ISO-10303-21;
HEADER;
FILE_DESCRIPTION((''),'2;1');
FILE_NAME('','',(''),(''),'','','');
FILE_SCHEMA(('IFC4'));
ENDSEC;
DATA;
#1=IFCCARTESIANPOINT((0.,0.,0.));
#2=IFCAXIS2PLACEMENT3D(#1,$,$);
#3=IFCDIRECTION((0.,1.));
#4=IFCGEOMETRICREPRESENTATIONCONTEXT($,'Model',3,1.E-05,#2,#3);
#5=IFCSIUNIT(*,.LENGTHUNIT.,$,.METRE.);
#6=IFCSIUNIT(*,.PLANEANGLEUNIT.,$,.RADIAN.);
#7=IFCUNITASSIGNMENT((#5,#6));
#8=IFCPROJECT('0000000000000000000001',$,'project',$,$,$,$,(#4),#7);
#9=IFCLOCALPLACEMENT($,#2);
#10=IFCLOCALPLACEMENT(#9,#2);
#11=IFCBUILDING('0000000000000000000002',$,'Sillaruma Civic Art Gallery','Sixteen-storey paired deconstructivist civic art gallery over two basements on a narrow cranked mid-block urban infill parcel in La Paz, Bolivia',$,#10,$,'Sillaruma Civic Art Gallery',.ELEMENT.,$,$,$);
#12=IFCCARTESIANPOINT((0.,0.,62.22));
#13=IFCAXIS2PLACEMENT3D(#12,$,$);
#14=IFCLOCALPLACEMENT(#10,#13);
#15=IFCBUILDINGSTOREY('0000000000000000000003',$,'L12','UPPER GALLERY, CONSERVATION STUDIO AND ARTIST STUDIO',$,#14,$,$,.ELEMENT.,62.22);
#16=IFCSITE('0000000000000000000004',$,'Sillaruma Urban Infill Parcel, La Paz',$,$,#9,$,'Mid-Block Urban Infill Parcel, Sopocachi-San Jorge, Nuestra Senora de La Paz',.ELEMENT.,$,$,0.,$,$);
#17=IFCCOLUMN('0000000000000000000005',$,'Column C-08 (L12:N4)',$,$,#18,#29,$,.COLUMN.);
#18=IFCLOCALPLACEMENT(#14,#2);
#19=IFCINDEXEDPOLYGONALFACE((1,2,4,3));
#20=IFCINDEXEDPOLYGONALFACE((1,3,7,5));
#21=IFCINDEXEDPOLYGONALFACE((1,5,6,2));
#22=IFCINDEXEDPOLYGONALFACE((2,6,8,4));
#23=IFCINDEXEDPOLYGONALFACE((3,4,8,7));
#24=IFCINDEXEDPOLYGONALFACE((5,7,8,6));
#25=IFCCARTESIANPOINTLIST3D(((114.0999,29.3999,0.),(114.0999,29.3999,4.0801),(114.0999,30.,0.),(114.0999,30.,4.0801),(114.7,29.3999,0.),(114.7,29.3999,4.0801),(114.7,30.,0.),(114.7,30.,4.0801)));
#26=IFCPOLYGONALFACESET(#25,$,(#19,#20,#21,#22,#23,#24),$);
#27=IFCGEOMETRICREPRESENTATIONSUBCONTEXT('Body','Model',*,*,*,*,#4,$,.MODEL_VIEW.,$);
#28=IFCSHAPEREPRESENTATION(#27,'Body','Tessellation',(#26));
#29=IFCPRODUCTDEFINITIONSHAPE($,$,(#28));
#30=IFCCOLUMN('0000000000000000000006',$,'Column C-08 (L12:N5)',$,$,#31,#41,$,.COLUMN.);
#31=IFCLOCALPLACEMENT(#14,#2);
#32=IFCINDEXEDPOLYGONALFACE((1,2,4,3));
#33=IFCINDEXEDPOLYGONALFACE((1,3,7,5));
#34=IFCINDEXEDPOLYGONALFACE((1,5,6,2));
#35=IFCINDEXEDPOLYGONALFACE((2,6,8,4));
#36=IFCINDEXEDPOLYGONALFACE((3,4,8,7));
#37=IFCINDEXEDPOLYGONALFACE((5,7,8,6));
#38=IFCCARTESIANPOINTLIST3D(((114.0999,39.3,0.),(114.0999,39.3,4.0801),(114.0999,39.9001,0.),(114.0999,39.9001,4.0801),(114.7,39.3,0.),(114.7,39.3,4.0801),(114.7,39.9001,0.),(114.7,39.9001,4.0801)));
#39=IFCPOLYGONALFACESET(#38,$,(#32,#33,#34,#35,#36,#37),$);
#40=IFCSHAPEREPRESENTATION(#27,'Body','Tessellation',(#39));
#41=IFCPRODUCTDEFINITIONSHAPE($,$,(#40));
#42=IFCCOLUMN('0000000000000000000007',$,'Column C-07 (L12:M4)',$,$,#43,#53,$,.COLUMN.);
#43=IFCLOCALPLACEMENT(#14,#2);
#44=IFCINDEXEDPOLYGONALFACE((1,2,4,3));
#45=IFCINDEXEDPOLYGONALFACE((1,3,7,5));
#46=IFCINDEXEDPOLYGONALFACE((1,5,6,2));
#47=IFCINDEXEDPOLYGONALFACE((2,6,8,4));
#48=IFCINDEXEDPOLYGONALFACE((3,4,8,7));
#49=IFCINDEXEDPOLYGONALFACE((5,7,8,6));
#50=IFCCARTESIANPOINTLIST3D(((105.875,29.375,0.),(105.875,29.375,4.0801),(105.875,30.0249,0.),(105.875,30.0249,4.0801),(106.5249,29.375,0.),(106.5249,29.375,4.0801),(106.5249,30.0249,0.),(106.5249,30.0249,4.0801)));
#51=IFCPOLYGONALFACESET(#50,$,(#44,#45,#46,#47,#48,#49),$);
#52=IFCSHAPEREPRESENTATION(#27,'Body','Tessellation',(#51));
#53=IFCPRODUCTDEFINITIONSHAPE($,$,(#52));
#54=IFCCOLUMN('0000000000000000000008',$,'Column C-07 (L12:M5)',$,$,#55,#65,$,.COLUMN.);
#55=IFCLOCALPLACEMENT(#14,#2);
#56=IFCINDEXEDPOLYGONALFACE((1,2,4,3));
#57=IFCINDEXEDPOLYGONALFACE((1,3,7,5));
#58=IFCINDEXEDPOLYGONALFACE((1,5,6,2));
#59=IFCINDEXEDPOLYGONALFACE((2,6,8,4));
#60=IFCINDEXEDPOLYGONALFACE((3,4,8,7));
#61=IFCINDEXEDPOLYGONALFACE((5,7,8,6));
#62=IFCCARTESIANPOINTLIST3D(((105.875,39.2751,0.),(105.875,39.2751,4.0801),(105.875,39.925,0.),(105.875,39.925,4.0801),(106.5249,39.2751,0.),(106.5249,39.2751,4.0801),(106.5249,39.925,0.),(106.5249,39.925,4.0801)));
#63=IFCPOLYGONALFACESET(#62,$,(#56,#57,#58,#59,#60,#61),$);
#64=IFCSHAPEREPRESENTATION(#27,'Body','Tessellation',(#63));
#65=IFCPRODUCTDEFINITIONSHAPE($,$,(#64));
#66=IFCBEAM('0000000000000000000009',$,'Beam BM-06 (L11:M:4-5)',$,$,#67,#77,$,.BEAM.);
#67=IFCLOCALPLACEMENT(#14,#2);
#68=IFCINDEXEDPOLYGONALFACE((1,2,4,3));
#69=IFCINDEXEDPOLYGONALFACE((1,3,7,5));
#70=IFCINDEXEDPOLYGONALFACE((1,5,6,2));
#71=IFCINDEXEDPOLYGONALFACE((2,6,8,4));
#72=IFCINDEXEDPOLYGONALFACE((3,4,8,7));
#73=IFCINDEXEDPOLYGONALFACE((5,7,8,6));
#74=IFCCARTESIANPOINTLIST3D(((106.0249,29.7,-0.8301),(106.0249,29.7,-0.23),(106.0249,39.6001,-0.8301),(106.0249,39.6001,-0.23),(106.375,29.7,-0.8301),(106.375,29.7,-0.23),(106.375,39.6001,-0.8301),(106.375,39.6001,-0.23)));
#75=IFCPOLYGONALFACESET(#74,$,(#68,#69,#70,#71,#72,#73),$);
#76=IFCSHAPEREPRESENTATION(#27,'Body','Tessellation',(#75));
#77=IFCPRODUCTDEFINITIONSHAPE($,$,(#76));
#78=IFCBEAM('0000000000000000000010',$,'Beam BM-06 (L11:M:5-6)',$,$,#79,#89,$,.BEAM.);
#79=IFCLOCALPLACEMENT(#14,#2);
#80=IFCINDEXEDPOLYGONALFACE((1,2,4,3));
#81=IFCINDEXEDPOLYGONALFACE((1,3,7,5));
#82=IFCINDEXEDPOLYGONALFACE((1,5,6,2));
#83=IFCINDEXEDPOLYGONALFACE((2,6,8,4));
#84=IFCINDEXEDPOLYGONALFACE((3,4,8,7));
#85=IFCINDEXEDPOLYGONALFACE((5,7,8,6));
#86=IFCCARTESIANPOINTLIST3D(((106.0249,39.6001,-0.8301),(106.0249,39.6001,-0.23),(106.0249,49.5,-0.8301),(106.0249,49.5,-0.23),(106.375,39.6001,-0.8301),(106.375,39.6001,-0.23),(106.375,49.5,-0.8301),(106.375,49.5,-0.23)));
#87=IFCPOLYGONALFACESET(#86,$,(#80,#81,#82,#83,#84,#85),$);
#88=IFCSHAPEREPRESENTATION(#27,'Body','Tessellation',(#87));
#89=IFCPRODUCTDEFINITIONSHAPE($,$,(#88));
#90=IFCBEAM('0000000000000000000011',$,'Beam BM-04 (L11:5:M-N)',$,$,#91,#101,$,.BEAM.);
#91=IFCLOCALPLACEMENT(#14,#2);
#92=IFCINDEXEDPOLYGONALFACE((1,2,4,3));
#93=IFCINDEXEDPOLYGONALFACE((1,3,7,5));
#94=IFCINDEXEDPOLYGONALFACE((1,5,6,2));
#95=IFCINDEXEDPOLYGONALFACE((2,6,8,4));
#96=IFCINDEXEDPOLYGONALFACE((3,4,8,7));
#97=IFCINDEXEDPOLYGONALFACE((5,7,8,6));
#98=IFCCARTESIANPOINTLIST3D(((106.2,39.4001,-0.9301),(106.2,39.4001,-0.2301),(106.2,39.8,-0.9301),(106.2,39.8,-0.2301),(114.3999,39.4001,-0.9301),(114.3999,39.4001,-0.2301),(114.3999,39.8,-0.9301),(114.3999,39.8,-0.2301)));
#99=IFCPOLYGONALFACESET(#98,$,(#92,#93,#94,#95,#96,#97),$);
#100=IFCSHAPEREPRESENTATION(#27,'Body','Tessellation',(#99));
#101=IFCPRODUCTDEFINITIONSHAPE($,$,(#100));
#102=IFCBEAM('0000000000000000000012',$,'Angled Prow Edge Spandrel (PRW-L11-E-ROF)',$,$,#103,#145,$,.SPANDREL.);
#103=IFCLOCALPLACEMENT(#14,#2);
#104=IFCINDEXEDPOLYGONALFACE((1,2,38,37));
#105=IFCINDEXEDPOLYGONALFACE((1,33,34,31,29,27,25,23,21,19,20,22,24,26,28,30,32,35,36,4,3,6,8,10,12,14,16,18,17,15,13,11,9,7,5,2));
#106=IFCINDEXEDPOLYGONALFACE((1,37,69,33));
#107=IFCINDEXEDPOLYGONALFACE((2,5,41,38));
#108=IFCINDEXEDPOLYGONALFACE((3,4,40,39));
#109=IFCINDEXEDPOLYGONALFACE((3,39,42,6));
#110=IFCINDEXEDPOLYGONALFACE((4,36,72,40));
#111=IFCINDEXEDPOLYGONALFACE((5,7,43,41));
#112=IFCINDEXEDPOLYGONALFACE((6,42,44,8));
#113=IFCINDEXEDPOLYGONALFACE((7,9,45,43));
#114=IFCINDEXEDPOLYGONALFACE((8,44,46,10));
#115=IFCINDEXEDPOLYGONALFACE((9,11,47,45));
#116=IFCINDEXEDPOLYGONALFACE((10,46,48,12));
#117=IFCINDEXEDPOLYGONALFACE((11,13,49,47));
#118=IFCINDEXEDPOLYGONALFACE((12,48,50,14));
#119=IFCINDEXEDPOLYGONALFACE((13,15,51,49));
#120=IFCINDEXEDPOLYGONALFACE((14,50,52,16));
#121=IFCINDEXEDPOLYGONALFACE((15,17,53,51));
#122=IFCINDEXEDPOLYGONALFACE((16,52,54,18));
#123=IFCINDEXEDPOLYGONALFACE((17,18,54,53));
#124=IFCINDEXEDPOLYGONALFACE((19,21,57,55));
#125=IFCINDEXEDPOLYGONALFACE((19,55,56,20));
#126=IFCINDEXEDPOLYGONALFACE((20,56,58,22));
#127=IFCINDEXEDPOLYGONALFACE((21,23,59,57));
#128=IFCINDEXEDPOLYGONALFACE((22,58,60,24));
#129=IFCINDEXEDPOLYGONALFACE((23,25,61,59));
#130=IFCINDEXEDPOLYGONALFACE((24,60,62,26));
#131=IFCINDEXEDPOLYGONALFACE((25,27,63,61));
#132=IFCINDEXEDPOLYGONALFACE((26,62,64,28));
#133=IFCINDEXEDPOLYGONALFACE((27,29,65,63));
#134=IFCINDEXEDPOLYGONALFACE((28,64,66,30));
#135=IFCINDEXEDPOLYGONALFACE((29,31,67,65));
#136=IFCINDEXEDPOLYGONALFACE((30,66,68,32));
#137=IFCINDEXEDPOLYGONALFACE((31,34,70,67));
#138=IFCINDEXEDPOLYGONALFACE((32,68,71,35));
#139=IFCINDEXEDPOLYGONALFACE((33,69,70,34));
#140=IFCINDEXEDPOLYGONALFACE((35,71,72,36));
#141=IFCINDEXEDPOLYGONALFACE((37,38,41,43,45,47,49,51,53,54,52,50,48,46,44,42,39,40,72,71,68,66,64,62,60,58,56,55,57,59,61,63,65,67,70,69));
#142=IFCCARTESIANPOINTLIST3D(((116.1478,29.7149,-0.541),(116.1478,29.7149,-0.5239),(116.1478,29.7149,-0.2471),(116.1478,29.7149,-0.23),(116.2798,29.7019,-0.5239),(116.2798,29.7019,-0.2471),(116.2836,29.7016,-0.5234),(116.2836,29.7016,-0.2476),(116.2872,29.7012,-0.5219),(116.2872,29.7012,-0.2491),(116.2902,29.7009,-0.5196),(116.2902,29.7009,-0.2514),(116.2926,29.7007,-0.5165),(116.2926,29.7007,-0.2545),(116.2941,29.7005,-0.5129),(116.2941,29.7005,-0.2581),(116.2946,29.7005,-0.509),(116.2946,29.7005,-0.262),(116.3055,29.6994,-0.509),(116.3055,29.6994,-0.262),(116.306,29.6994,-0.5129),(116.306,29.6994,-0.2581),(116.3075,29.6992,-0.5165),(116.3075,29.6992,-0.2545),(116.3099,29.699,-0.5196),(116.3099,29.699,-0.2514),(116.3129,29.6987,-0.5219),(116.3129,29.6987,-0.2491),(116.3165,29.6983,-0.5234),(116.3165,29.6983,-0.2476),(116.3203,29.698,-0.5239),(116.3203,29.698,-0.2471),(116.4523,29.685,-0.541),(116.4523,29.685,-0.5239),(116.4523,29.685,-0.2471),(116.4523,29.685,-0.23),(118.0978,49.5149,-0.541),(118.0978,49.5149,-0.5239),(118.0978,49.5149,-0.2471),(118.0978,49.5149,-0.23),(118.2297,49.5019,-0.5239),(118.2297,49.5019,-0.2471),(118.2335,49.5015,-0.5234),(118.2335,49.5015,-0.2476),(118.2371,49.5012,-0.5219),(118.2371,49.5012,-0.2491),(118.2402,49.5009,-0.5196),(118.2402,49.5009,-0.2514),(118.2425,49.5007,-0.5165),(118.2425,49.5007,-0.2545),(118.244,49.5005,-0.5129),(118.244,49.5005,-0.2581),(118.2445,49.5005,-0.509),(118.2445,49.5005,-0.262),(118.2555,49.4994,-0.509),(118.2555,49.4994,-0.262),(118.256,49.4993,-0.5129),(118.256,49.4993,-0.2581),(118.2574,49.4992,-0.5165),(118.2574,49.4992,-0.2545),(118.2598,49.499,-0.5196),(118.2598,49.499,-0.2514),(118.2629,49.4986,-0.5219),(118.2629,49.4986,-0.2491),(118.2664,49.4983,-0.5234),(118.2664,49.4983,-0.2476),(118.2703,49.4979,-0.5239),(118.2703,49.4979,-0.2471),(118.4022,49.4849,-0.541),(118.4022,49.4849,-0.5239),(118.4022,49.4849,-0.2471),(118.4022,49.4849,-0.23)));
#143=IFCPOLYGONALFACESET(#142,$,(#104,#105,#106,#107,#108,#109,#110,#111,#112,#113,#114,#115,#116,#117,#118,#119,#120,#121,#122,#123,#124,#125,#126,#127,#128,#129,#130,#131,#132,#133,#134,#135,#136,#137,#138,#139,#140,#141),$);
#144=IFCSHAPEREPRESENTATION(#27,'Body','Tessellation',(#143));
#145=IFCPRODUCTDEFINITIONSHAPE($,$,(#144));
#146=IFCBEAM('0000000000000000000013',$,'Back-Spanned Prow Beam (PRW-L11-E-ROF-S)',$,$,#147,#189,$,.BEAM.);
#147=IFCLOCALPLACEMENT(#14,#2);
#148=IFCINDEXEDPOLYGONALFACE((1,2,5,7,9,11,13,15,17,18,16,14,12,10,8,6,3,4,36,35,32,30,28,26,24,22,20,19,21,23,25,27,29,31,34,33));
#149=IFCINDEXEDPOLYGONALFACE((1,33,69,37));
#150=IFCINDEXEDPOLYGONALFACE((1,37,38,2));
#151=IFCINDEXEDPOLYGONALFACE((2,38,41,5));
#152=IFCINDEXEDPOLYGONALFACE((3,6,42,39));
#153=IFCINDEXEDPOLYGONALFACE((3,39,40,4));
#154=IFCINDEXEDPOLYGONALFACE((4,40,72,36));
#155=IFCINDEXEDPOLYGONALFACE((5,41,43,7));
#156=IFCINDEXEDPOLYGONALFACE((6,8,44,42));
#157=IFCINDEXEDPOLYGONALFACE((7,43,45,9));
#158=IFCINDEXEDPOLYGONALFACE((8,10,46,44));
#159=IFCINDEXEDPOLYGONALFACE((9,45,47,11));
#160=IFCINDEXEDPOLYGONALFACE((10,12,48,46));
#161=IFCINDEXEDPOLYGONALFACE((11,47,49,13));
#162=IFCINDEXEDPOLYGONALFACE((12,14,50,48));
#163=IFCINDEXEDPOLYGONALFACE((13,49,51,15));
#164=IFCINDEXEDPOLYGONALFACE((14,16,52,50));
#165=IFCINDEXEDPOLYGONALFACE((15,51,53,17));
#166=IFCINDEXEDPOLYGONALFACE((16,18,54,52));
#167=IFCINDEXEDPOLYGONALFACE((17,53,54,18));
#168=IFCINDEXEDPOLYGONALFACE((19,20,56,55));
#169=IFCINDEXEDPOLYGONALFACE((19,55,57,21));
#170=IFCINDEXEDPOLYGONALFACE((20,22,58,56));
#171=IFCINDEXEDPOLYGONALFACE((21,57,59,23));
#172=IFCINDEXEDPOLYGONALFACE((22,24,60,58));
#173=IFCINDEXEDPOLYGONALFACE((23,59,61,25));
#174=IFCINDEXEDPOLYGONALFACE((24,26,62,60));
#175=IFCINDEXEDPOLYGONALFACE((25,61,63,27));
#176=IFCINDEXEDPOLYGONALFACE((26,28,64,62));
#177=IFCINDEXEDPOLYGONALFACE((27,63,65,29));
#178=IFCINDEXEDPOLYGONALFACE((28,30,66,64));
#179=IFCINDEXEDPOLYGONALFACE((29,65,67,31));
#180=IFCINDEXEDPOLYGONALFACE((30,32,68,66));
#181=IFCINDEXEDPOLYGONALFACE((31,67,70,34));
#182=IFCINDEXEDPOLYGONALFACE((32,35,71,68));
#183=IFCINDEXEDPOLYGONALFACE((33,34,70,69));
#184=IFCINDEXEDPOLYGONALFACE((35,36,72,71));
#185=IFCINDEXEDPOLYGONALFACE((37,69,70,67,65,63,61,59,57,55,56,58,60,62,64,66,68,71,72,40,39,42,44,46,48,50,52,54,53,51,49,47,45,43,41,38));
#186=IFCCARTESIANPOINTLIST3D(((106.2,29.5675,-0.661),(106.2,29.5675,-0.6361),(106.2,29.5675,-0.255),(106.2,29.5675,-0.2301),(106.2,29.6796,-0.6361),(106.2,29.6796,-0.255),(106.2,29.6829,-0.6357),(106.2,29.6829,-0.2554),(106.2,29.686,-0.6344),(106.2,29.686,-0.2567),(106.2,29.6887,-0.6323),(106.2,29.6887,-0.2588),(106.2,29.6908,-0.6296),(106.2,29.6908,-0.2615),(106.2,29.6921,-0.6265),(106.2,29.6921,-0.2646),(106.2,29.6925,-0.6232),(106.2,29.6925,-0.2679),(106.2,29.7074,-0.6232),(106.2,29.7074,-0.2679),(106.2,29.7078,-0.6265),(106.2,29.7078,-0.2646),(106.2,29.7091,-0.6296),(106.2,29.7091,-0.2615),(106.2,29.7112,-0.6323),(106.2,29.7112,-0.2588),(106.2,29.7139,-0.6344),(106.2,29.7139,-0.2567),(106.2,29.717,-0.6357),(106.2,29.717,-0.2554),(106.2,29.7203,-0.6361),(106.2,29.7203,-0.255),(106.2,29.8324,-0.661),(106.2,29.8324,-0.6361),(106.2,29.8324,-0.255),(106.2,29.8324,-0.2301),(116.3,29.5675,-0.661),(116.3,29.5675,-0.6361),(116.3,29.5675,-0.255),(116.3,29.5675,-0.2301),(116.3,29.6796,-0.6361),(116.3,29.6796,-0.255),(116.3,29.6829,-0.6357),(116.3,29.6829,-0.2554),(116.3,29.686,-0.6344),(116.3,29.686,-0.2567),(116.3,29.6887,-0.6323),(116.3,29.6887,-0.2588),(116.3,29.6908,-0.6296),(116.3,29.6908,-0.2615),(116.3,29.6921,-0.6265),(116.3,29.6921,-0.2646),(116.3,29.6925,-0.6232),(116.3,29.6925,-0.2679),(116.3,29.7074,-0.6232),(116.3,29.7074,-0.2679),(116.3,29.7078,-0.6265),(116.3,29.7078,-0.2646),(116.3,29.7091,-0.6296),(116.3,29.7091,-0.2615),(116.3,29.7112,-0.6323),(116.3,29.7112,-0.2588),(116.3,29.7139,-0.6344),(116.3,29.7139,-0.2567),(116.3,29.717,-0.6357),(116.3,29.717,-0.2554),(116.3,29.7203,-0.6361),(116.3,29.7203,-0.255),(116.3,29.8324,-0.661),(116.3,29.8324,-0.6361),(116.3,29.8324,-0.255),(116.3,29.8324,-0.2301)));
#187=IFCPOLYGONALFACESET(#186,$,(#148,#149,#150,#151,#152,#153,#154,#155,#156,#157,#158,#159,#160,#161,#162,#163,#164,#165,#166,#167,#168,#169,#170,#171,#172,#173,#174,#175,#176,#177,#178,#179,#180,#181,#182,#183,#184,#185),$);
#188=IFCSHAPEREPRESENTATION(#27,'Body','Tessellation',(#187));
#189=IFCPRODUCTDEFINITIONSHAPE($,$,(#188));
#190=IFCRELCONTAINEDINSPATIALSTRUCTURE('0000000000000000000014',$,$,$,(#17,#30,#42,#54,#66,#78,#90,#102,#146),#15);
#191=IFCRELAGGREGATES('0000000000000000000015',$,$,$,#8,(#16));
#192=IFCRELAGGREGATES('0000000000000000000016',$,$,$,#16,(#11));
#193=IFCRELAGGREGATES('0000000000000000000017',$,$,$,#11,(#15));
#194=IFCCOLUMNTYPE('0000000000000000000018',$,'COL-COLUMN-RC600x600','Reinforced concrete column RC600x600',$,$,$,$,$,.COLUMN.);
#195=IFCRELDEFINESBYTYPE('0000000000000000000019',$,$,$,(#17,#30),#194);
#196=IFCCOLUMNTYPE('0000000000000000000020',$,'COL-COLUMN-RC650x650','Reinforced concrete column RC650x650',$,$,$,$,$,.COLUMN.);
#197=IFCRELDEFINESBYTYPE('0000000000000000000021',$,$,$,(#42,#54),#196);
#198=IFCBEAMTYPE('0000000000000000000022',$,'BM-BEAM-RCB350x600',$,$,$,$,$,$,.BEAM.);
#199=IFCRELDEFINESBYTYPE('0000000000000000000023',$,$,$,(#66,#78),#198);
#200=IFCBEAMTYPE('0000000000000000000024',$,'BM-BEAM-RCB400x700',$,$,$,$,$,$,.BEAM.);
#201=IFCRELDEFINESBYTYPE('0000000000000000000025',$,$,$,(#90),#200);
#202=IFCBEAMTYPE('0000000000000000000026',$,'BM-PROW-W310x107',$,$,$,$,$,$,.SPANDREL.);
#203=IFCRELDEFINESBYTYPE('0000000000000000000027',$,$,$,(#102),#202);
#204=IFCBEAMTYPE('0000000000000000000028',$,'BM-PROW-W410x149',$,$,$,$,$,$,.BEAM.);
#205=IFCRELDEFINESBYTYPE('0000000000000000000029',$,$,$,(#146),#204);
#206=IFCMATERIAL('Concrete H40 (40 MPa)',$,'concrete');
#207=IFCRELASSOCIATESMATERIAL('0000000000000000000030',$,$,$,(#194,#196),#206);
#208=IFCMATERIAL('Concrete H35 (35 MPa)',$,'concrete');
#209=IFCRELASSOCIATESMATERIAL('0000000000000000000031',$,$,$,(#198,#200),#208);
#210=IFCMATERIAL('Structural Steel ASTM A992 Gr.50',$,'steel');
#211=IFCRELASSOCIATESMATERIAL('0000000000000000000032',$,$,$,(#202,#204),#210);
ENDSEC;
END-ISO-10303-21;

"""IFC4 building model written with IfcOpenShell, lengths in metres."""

from ifc_helpers import new_model, si_unit, direction, frame, origin, origin_2d, place, context, subcontext, project, spatial, rectangle, i_section, extrude, material, material_profile, profile_set, type_object, element, save


model = new_model("IFC4")

# Units and contexts
model_context = context("Model", 3, precision=1e-05, world=origin(), true_north=direction((0.0, 1.0)))
body_context = subcontext(model_context, "Body", "Model", "MODEL_VIEW")
ifc_project = project(units=[si_unit("LENGTHUNIT", "METRE"), si_unit("PLANEANGLEUNIT", "RADIAN")], contexts=[model_context])

# Site, building, storey
site_placement = place(None, origin())
site = spatial("IfcSite", under=ifc_project, at=site_placement, Name="Sillaruma Urban Infill Parcel, La Paz", LongName="Mid-Block Urban Infill Parcel, Sopocachi-San Jorge, Nuestra Senora de La Paz", CompositionType="ELEMENT", RefElevation=0.0)
building_placement = place(site_placement, origin())
building = spatial("IfcBuilding", under=site, at=building_placement, Name="Sillaruma Civic Art Gallery", Description="Sixteen-storey paired deconstructivist civic art gallery over two basements on a narrow cranked mid-block urban infill parcel in La Paz, Bolivia", LongName="Sillaruma Civic Art Gallery", CompositionType="ELEMENT")
storey_placement = place(building_placement, frame((0.0, 0.0, 62.22)))
storey = spatial("IfcBuildingStorey", under=building, at=storey_placement, Name="L12", Description="UPPER GALLERY, CONSERVATION STUDIO AND ARTIST STUDIO", CompositionType="ELEMENT", Elevation=62.22)

# Columns
ifc_material_1 = material(Name="Concrete H40 (40 MPa)", Category="concrete")
ifc_material_profile_1 = material_profile(ifc_material_1, rectangle(XDim=0.6001, YDim=0.6001, at=origin_2d()), Name="RC600x600")
ifc_profile_set_1 = profile_set([ifc_material_profile_1], Name="Concrete H40 (40 MPa)")
column_type_1 = type_object("IfcColumnType", Name="COL-COLUMN-RC600x600", Description="Reinforced concrete column RC600x600", PredefinedType="COLUMN", material=ifc_profile_set_1)
for number, where, z_axis, x_axis, name in (
    (1, (114.3999, 29.7, 0.0), (0.0, 0.0, 1.0), (1.0, 0.0, 0.0), "Column C-08 (L12:N4)"),
    (2, (114.3999, 39.6001, 0.0), (0.0, 0.0, 1.0), (1.0, 0.0, 0.0), "Column C-08 (L12:N5)"),
):
    element("IfcColumn", number, at=place(storey_placement, frame(where, z_axis=z_axis, x_axis=x_axis)), inside=storey, type_object=column_type_1, Name=name, PredefinedType="COLUMN", context=body_context, shape_type="SweptSolid", body=[
        extrude(rectangle(XDim=0.6001, YDim=0.6001, at=origin_2d()), origin(), (0.0, 0.0, 1.0), 4.0801),
    ])
ifc_material_profile_2 = material_profile(ifc_material_1, rectangle(XDim=0.6499, YDim=0.6499, at=origin_2d()), Name="RC650x650")
ifc_profile_set_2 = profile_set([ifc_material_profile_2], Name="Concrete H40 (40 MPa)")
column_type_2 = type_object("IfcColumnType", Name="COL-COLUMN-RC650x650", Description="Reinforced concrete column RC650x650", PredefinedType="COLUMN", material=ifc_profile_set_2)
for number, where, z_axis, x_axis, name in (
    (3, (106.2, 29.7, 0.0), (0.0, 0.0, 1.0), (1.0, 0.0, 0.0), "Column C-07 (L12:M4)"),
    (4, (106.2, 39.6001, 0.0), (0.0, 0.0, 1.0), (1.0, 0.0, 0.0), "Column C-07 (L12:M5)"),
):
    element("IfcColumn", number, at=place(storey_placement, frame(where, z_axis=z_axis, x_axis=x_axis)), inside=storey, type_object=column_type_2, Name=name, PredefinedType="COLUMN", context=body_context, shape_type="SweptSolid", body=[
        extrude(rectangle(XDim=0.6499, YDim=0.6499, at=origin_2d()), origin(), (0.0, 0.0, 1.0), 4.0801),
    ])

# Beams
ifc_material_2 = material(Name="Concrete H35 (35 MPa)", Category="concrete")
ifc_material_profile_3 = material_profile(ifc_material_2, rectangle(XDim=0.3501, YDim=0.6001, at=origin_2d()), Name="RCB350x600")
ifc_profile_set_3 = profile_set([ifc_material_profile_3], Name="Concrete H35 (35 MPa)")
beam_type_1 = type_object("IfcBeamType", Name="BM-BEAM-RCB350x600", PredefinedType="BEAM", material=ifc_profile_set_3)
beam_1_placement = place(storey_placement, frame((106.2, 29.7, -0.53), z_axis=(0.0, 1.0, 0.0), x_axis=(-1.0, 0.0, 0.0)))
element("IfcBeam", 5, at=beam_1_placement, inside=storey, type_object=beam_type_1, Name="Beam BM-06 (L11:M:4-5)", PredefinedType="BEAM", context=body_context, shape_type="SweptSolid", body=[
    extrude(rectangle(XDim=0.3501, YDim=0.6001, at=origin_2d()), origin(), (0.0, 0.0, 1.0), 9.9001),
])
beam_2_placement = place(storey_placement, frame((106.2, 39.6001, -0.53), z_axis=(0.0, 1.0, 0.0), x_axis=(-1.0, 0.0, 0.0)))
element("IfcBeam", 6, at=beam_2_placement, inside=storey, type_object=beam_type_1, Name="Beam BM-06 (L11:M:5-6)", PredefinedType="BEAM", context=body_context, shape_type="SweptSolid", body=[
    extrude(rectangle(XDim=0.3501, YDim=0.6001, at=origin_2d()), origin(), (0.0, 0.0, 1.0), 9.8999),
])
ifc_material_profile_4 = material_profile(ifc_material_2, rectangle(XDim=0.3999, YDim=0.7, at=origin_2d()), Name="RCB400x700")
ifc_profile_set_4 = profile_set([ifc_material_profile_4], Name="Concrete H35 (35 MPa)")
beam_type_2 = type_object("IfcBeamType", Name="BM-BEAM-RCB400x700", PredefinedType="BEAM", material=ifc_profile_set_4)
beam_3_placement = place(storey_placement, frame((106.2, 39.6001, -0.5801), z_axis=(1.0, 0.0, 0.0), x_axis=(0.0, 1.0, 0.0)))
element("IfcBeam", 7, at=beam_3_placement, inside=storey, type_object=beam_type_2, Name="Beam BM-04 (L11:5:M-N)", PredefinedType="BEAM", context=body_context, shape_type="SweptSolid", body=[
    extrude(rectangle(XDim=0.3999, YDim=0.7, at=origin_2d()), origin(), (0.0, 0.0, 1.0), 8.2),
])
ifc_material_3 = material(Name="Structural Steel ASTM A992 Gr.50", Category="steel")
ifc_material_profile_5 = material_profile(ifc_material_3, i_section(OverallWidth=0.3059, OverallDepth=0.311, WebThickness=0.011, FlangeThickness=0.0171, FilletRadius=0.0149, at=origin_2d()), Name="W310x107")
ifc_profile_set_5 = profile_set([ifc_material_profile_5], Name="Structural Steel ASTM A992 Gr.50")
beam_type_3 = type_object("IfcBeamType", Name="BM-PROW-W310x107", PredefinedType="SPANDREL", material=ifc_profile_set_5)
beam_4_placement = place(storey_placement, frame((116.3, 29.7, -0.3855), z_axis=(0.098008, 0.995186, 0.0), x_axis=(-0.995186, 0.098008, 0.0)))
element("IfcBeam", 8, at=beam_4_placement, inside=storey, type_object=beam_type_3, Name="Angled Prow Edge Spandrel (PRW-L11-E-ROF)", PredefinedType="SPANDREL", context=body_context, shape_type="SweptSolid", body=[
    extrude(i_section(OverallWidth=0.3059, OverallDepth=0.311, WebThickness=0.011, FlangeThickness=0.0171, FilletRadius=0.0149, at=origin_2d()), origin(), (0.0, 0.0, 1.0), 19.8958),
])
ifc_material_profile_6 = material_profile(ifc_material_3, i_section(OverallWidth=0.2649, OverallDepth=0.4309, WebThickness=0.0149, FlangeThickness=0.0249, FilletRadius=0.0129, at=origin_2d()), Name="W410x149")
ifc_profile_set_6 = profile_set([ifc_material_profile_6], Name="Structural Steel ASTM A992 Gr.50")
beam_type_4 = type_object("IfcBeamType", Name="BM-PROW-W410x149", PredefinedType="BEAM", material=ifc_profile_set_6)
beam_5_placement = place(storey_placement, frame((106.2, 29.7, -0.4456), z_axis=(1.0, 0.0, 0.0), x_axis=(0.0, 1.0, 0.0)))
element("IfcBeam", 9, at=beam_5_placement, inside=storey, type_object=beam_type_4, Name="Back-Spanned Prow Beam (PRW-L11-E-ROF-S)", PredefinedType="BEAM", context=body_context, shape_type="SweptSolid", body=[
    extrude(i_section(OverallWidth=0.2649, OverallDepth=0.4309, WebThickness=0.0149, FlangeThickness=0.0249, FilletRadius=0.0129, at=origin_2d()), origin(), (0.0, 0.0, 1.0), 10.1001),
])

save(model, "model.ifc")
